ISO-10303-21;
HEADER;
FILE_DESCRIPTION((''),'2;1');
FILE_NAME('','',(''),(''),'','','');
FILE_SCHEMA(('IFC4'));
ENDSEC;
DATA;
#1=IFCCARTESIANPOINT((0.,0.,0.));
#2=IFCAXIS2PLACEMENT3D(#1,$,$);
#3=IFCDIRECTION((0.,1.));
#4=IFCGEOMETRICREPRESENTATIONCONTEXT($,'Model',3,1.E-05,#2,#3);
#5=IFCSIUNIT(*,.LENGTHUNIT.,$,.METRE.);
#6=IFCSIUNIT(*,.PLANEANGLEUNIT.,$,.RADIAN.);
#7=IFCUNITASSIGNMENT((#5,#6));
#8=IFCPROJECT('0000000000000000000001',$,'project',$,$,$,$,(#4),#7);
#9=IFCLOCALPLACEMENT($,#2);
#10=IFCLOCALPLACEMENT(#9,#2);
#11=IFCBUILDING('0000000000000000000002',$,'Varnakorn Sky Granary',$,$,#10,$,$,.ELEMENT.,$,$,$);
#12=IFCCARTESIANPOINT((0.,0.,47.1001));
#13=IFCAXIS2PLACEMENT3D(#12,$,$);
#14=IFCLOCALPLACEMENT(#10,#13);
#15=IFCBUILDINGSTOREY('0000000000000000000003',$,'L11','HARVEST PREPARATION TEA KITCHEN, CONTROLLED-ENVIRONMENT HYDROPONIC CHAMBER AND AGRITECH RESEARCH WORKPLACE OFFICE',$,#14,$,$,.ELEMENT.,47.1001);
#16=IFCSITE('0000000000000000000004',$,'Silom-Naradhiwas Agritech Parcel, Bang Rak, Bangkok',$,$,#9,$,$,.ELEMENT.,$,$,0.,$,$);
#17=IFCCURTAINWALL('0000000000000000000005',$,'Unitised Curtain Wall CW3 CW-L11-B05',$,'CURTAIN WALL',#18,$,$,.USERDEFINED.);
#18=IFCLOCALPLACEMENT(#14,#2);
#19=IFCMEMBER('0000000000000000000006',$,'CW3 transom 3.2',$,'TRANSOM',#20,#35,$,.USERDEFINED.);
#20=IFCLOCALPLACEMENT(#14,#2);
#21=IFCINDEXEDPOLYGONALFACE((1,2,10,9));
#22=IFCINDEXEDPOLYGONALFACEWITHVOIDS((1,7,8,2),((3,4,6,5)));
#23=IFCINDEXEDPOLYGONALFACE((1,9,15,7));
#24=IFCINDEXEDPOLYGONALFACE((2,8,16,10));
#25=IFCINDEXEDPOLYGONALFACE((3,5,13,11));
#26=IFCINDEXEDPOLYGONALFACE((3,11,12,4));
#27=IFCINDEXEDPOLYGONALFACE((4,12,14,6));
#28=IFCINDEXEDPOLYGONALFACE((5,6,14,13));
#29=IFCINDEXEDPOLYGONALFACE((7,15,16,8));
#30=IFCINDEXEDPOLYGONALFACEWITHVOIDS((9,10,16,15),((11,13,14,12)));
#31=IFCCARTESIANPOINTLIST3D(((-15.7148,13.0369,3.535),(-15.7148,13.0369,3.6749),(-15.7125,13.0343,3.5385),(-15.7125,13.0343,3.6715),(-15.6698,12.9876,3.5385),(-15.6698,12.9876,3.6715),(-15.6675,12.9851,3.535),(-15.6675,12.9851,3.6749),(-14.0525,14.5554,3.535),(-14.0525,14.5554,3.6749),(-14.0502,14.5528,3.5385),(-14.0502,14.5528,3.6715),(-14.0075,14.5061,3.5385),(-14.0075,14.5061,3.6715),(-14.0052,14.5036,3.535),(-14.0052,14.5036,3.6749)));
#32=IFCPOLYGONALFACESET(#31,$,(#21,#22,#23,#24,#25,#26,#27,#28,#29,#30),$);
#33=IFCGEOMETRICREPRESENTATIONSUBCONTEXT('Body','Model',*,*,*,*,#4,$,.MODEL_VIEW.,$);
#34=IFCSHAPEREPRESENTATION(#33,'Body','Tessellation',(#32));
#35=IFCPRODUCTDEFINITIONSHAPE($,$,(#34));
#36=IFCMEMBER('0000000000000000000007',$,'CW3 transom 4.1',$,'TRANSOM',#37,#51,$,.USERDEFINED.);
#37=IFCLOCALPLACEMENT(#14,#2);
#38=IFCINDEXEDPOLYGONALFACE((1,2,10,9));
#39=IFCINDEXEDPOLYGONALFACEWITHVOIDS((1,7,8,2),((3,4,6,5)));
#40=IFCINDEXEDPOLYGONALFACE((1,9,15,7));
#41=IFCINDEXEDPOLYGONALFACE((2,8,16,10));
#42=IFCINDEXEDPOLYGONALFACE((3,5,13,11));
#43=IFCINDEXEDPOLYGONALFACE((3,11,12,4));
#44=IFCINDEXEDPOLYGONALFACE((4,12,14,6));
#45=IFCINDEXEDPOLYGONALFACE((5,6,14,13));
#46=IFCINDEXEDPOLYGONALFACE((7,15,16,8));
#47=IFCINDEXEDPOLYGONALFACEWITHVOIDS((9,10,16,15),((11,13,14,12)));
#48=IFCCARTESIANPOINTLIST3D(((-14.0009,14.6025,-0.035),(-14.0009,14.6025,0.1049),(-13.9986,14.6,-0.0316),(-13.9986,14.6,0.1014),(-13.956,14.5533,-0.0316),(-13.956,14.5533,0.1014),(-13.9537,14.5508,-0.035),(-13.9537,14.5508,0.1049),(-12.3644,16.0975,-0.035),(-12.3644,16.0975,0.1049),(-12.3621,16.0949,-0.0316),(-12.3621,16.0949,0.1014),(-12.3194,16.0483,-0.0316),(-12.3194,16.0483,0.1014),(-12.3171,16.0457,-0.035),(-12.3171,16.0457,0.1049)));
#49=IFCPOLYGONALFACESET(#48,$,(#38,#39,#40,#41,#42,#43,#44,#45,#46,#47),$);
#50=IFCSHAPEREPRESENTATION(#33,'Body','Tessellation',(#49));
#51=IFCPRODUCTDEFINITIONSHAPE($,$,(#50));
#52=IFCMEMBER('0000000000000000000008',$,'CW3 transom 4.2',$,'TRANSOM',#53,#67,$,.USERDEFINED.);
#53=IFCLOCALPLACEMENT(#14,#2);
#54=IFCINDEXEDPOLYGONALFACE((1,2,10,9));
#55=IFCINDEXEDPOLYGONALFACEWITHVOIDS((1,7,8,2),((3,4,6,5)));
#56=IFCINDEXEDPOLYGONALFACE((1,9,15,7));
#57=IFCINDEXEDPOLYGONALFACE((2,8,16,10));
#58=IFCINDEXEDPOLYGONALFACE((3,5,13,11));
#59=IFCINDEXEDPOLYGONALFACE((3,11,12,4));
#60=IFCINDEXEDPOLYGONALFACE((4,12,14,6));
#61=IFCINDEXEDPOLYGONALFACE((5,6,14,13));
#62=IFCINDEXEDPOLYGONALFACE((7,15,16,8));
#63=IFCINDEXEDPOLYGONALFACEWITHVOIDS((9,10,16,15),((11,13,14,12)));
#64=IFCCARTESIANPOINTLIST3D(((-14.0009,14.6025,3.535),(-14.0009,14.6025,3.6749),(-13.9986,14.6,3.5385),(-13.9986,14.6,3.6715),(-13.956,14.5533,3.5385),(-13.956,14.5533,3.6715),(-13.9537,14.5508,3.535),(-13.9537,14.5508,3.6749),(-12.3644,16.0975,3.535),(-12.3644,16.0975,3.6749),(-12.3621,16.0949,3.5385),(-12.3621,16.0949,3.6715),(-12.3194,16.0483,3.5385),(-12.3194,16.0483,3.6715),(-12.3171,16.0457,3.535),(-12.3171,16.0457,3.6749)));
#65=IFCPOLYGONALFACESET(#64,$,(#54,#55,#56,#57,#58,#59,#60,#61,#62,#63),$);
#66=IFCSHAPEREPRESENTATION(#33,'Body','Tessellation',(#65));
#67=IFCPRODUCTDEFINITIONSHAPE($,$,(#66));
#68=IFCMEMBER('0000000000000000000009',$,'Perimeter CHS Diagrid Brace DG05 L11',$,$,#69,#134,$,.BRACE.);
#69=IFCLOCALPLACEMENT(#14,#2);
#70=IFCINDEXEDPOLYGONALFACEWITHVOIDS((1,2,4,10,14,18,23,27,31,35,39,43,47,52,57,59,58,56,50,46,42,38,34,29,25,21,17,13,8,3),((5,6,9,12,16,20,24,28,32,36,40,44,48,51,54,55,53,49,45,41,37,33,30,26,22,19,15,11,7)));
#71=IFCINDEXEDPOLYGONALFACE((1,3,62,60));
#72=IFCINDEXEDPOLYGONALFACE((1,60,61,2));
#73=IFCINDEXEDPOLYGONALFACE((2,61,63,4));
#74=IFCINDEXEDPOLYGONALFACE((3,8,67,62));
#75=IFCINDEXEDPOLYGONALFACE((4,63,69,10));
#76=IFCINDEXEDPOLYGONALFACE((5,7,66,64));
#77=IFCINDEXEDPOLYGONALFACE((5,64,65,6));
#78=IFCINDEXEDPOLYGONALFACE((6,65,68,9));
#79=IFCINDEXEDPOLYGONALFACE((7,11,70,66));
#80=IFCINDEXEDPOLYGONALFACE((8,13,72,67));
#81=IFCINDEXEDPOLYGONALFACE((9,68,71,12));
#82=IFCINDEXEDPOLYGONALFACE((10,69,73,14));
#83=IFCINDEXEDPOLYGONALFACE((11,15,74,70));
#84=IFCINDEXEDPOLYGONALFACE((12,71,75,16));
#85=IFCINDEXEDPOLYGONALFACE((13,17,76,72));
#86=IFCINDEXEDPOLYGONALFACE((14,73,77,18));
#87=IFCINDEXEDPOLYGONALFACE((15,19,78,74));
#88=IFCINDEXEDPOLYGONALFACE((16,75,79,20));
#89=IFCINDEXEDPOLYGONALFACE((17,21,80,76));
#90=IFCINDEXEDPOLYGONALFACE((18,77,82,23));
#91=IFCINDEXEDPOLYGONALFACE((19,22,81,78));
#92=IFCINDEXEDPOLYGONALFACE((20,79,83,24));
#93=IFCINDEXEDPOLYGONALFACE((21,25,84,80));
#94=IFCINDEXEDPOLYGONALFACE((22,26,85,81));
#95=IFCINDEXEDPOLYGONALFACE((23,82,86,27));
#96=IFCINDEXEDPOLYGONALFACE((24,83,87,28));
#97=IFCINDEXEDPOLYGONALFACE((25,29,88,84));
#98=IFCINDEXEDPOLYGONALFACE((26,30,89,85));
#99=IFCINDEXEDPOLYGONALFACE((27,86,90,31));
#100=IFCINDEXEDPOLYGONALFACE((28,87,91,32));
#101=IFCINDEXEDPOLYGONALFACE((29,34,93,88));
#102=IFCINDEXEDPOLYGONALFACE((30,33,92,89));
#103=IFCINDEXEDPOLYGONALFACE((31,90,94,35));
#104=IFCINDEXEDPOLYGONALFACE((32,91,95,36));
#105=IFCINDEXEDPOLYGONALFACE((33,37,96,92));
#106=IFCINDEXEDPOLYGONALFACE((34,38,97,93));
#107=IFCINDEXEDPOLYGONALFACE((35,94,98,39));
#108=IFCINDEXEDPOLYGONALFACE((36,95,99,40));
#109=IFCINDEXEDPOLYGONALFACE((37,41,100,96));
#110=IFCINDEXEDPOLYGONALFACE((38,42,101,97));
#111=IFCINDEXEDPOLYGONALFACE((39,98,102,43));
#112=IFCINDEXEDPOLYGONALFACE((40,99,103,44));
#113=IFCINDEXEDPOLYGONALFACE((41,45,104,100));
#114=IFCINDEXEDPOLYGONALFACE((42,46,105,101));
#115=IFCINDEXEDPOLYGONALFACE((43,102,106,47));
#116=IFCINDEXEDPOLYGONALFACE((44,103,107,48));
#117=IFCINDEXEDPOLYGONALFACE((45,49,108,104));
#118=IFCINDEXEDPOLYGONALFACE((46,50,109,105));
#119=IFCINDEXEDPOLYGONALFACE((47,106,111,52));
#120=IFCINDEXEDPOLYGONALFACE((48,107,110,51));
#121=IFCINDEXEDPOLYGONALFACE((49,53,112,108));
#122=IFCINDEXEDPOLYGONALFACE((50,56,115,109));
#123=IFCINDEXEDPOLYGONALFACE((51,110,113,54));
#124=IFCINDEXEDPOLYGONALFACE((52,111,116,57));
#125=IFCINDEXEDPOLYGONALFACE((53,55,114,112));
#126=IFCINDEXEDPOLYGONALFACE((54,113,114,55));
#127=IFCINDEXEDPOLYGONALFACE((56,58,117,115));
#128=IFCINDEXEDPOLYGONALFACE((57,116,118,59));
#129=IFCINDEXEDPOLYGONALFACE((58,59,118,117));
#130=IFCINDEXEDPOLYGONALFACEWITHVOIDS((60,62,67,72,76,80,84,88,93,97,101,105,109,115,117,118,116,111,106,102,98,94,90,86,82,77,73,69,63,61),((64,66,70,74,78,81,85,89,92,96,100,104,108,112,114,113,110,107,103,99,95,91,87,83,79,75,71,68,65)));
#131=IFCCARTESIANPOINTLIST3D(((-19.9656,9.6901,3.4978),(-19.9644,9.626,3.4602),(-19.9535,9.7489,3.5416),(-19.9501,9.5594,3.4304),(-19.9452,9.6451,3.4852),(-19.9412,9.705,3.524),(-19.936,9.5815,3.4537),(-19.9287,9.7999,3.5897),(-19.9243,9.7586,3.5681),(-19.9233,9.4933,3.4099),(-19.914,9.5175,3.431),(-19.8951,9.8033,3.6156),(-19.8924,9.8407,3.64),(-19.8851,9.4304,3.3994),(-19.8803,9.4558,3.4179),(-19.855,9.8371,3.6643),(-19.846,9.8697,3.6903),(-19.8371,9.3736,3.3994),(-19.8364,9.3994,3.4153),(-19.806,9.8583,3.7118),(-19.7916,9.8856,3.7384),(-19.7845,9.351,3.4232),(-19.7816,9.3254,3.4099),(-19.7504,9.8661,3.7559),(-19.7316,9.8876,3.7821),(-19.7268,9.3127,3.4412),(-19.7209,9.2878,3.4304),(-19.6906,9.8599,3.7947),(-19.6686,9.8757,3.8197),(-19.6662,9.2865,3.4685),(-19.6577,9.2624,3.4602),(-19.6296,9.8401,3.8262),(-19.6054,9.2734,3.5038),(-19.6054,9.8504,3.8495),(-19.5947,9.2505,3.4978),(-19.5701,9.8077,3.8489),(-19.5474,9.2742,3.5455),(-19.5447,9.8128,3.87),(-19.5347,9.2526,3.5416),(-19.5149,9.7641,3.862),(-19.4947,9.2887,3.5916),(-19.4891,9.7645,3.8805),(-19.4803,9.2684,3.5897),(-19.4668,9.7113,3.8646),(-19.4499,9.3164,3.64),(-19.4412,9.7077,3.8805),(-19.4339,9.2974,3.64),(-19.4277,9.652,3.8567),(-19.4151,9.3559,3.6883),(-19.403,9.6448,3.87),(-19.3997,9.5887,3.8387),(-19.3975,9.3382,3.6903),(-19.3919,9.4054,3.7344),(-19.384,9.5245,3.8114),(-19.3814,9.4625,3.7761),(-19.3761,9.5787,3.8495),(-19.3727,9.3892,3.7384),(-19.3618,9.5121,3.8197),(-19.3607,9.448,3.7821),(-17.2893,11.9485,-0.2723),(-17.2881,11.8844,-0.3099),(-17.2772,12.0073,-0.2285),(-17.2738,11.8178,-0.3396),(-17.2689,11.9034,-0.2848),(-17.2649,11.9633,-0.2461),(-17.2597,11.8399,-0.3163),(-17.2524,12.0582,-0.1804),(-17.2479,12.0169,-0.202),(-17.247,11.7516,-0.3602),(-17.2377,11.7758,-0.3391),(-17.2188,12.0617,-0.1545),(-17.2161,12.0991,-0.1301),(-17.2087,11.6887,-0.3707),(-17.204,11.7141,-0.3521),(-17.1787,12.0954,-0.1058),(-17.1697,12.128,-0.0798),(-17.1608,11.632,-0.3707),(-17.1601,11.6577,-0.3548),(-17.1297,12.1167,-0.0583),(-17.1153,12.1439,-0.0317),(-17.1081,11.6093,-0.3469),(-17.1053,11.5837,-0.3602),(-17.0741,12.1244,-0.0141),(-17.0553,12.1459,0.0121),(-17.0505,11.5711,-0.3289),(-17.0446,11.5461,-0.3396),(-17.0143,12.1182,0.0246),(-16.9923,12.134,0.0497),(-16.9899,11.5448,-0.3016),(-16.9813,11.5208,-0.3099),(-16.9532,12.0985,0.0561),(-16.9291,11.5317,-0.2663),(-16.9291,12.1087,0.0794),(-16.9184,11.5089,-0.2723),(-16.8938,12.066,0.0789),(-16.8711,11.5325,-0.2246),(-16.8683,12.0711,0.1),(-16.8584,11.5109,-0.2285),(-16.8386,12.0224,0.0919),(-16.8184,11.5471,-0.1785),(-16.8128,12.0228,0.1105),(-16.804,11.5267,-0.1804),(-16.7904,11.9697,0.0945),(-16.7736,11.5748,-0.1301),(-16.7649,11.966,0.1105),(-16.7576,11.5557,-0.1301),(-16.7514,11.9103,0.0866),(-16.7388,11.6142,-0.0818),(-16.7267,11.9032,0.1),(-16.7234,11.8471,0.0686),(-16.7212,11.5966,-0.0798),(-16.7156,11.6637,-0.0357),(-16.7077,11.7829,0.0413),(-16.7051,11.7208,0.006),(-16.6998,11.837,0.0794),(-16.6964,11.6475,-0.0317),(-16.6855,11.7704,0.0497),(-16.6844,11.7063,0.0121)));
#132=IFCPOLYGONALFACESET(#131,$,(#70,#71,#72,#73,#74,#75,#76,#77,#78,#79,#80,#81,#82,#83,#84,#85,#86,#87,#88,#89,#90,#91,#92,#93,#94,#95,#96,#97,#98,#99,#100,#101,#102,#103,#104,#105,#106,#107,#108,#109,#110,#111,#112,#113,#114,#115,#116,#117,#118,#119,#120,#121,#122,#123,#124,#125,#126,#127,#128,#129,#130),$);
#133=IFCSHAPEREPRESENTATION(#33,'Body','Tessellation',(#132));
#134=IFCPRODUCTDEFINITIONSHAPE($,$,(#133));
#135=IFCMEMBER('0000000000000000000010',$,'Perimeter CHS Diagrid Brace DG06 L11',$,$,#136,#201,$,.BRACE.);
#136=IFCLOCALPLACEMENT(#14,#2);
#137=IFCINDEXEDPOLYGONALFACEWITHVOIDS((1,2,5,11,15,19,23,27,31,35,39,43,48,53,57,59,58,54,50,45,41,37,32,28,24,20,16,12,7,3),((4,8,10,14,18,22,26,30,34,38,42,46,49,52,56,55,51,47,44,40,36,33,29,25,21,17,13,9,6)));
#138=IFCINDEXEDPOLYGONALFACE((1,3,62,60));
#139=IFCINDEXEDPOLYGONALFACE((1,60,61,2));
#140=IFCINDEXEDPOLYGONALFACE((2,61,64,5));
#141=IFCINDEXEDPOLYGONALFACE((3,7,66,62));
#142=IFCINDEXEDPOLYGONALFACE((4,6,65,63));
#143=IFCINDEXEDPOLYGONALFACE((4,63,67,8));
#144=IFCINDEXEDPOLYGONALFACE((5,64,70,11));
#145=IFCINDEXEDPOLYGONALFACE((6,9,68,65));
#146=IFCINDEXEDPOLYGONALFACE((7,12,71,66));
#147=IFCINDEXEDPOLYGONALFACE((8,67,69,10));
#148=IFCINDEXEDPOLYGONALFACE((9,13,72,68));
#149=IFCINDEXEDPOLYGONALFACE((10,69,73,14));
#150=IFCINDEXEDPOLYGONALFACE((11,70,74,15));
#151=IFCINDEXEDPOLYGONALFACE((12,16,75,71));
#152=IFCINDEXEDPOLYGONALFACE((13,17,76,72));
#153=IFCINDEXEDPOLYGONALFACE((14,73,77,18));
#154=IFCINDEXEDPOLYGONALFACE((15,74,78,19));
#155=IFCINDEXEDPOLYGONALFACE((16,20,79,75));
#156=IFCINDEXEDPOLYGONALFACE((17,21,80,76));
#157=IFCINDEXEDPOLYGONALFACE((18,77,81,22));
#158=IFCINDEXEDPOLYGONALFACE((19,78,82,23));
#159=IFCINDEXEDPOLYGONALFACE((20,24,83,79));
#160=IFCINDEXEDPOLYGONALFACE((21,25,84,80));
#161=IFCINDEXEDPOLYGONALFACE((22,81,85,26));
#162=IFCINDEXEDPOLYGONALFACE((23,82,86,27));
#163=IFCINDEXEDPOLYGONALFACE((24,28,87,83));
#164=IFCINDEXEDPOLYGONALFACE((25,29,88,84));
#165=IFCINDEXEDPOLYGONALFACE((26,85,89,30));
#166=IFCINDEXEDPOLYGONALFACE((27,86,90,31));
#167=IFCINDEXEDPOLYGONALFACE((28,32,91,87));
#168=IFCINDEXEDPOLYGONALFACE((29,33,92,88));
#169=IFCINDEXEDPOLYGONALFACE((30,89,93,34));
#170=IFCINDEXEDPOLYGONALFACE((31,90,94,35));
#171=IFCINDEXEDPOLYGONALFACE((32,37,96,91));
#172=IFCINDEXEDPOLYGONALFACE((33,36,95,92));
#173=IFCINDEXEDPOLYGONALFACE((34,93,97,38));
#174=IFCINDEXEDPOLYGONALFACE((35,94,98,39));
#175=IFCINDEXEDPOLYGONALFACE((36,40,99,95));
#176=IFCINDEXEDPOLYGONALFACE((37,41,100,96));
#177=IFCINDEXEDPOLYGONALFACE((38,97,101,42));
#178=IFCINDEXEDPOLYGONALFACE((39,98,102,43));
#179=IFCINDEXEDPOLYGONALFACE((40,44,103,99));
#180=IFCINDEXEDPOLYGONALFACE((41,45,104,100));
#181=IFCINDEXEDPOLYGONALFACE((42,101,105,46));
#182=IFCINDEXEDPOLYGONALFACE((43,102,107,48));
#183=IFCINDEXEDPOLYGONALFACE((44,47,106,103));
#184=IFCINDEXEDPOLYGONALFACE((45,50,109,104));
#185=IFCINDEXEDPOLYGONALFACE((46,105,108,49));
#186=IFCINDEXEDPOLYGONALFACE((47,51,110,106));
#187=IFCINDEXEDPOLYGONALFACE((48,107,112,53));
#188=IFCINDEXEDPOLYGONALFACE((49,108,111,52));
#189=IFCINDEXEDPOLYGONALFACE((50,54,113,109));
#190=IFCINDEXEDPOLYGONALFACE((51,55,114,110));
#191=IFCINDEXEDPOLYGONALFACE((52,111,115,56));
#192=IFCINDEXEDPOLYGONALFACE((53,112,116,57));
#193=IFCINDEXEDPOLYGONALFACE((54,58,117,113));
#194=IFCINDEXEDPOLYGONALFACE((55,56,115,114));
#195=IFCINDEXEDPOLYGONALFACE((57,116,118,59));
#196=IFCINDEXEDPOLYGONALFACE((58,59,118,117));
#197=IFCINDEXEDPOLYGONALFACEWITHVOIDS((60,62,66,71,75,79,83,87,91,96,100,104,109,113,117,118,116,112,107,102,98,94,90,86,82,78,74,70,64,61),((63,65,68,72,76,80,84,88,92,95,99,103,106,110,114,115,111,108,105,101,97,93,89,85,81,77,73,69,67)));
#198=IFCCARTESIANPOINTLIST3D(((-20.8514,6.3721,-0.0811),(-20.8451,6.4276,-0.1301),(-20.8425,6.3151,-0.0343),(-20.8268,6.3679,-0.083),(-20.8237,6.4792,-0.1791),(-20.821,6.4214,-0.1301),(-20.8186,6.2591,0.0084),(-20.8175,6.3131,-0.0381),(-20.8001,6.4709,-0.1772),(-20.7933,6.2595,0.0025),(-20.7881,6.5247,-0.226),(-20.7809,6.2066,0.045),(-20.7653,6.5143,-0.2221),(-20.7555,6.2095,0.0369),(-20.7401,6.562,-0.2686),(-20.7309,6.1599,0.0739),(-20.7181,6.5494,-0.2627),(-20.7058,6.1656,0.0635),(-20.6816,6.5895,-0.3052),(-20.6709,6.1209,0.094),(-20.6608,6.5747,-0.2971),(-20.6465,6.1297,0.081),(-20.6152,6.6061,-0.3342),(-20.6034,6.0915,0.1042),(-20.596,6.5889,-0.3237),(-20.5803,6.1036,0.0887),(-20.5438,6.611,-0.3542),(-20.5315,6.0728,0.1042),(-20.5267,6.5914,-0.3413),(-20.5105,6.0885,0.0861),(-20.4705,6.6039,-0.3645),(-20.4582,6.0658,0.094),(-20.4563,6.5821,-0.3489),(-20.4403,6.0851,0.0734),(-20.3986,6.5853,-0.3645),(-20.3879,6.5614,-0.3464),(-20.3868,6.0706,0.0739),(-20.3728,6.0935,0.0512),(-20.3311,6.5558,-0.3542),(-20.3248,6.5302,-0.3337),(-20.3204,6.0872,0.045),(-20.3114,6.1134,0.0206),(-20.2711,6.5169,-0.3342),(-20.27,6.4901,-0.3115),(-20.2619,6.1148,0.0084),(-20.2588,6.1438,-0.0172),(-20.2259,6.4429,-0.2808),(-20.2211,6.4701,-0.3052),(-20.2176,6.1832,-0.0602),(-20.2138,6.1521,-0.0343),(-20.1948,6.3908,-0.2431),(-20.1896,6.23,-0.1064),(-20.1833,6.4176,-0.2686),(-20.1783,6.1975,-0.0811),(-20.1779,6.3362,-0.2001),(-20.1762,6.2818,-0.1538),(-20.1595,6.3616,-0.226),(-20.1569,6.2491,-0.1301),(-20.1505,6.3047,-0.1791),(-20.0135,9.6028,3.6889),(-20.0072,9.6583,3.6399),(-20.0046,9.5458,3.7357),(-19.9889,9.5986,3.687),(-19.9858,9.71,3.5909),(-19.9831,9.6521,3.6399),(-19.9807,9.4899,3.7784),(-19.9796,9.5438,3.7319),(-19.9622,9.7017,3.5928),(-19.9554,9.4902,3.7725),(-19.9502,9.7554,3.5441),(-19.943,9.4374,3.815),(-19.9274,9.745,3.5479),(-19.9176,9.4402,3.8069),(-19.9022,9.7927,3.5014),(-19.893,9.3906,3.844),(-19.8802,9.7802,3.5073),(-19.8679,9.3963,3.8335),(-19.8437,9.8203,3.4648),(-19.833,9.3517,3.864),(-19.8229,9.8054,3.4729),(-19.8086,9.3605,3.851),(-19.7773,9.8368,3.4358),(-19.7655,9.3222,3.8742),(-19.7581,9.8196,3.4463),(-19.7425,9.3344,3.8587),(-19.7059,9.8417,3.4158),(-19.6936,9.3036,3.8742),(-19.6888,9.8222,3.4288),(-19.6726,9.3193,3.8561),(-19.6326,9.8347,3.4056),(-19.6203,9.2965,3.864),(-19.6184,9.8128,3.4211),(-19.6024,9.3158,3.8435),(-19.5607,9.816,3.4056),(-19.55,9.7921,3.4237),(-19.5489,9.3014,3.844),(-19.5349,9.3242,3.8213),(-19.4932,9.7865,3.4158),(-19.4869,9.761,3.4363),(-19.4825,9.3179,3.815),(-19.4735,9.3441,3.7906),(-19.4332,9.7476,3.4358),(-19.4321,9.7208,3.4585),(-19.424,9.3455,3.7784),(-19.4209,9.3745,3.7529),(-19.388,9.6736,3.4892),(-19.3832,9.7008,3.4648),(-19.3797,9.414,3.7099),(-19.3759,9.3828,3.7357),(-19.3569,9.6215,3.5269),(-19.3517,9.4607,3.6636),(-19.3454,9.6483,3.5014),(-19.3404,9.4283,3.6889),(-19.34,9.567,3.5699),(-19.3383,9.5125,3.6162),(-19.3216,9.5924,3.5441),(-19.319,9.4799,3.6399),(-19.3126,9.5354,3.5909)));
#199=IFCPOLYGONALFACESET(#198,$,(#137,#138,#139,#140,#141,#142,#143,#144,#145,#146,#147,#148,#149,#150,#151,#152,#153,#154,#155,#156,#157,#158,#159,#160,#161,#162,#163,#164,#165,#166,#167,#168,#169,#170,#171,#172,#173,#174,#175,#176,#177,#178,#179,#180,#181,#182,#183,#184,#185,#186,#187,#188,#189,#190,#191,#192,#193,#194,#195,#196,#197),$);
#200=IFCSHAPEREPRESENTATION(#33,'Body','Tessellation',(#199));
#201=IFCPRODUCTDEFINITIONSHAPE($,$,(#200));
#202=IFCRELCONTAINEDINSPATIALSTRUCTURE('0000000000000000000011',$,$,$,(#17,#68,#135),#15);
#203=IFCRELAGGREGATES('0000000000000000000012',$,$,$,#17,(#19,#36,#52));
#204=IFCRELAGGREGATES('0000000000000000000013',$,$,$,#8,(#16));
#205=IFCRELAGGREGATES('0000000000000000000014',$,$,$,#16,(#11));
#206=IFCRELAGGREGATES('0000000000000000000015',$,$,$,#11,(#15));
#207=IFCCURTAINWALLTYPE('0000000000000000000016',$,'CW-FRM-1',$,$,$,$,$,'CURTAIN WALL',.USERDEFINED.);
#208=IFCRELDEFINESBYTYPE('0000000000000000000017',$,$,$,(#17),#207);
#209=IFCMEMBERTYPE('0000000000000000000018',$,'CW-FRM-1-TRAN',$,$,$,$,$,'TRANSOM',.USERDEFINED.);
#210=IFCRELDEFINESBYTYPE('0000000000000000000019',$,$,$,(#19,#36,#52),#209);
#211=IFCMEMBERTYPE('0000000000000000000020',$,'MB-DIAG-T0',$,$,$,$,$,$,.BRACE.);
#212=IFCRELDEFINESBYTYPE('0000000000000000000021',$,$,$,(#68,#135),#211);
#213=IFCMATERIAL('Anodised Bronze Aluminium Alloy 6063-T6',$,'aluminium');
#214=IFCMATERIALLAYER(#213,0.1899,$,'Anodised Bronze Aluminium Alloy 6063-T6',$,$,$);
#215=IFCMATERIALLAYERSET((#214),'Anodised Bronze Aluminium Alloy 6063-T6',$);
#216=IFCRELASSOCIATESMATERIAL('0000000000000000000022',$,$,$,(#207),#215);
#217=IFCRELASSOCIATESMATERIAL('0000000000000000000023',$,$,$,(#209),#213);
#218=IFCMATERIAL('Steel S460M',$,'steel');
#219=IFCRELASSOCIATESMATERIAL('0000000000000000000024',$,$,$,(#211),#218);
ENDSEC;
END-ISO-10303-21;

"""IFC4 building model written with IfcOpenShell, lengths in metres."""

from ifc_helpers import new_model, si_unit, direction, frame, origin, origin_2d, place, context, subcontext, project, spatial, hollow_rectangle, hollow_circle, extrude, material, layer, layer_set, material_profile, profile_set, type_object, element, aggregate, save


model = new_model("IFC4")

# Units and contexts
model_context = context("Model", 3, precision=1e-05, world=origin(), true_north=direction((0.0, 1.0)))
body_context = subcontext(model_context, "Body", "Model", "MODEL_VIEW")
ifc_project = project(units=[si_unit("LENGTHUNIT", "METRE"), si_unit("PLANEANGLEUNIT", "RADIAN")], contexts=[model_context])

# Site, building, storey
site_placement = place(None, origin())
site = spatial("IfcSite", under=ifc_project, at=site_placement, Name="Silom-Naradhiwas Agritech Parcel, Bang Rak, Bangkok", CompositionType="ELEMENT", RefElevation=0.0)
building_placement = place(site_placement, origin())
building = spatial("IfcBuilding", under=site, at=building_placement, Name="Varnakorn Sky Granary", CompositionType="ELEMENT")
storey_placement = place(building_placement, frame((0.0, 0.0, 47.1001)))
storey = spatial("IfcBuildingStorey", under=building, at=storey_placement, Name="L11", Description="HARVEST PREPARATION TEA KITCHEN, CONTROLLED-ENVIRONMENT HYDROPONIC CHAMBER AND AGRITECH RESEARCH WORKPLACE OFFICE", CompositionType="ELEMENT", Elevation=47.1001)

# Shared definitions
ifc_material_1 = material(Name="Steel S460M", Category="steel")

# Curtain wall
ifc_material_2 = material(Name="Anodised Bronze Aluminium Alloy 6063-T6", Category="aluminium")
ifc_layer_1 = layer(ifc_material_2, 0.1899, Name="Anodised Bronze Aluminium Alloy 6063-T6")
ifc_layer_set_1 = layer_set([ifc_layer_1], Name="Anodised Bronze Aluminium Alloy 6063-T6")
curtain_wall_type = type_object("IfcCurtainWallType", Name="CW-FRM-1", ElementType="CURTAIN WALL", PredefinedType="USERDEFINED", material=ifc_layer_set_1)
curtain_wall_1_placement = place(storey_placement, origin())
curtain_wall_1 = element("IfcCurtainWall", 1, at=curtain_wall_1_placement, inside=storey, type_object=curtain_wall_type, Name="Unitised Curtain Wall CW3 CW-L11-B05", ObjectType="CURTAIN WALL", PredefinedType="USERDEFINED")

# Members
ifc_material_profile_1 = material_profile(ifc_material_2, hollow_rectangle(XDim=0.0701, YDim=0.1399, WallThickness=0.0034, at=origin_2d()), Name="ALU TRAN 70x140")
ifc_profile_set_1 = profile_set([ifc_material_profile_1], Name="Anodised Bronze Aluminium Alloy 6063-T6")
member_type_1 = type_object("IfcMemberType", Name="CW-FRM-1-TRAN", ElementType="TRANSOM", PredefinedType="USERDEFINED", material=ifc_profile_set_1)
member_1_placement = place(storey_placement, frame((-15.6912, 13.011, 3.605), z_axis=(0.738319, 0.674452, 0.0), x_axis=(-0.674452, 0.738319, 0.0)))
member_1 = element("IfcMember", 2, at=member_1_placement, type_object=member_type_1, Name="CW3 transom 3.2", ObjectType="TRANSOM", PredefinedType="USERDEFINED", context=body_context, shape_type="SweptSolid", body=[
    extrude(hollow_rectangle(XDim=0.0701, YDim=0.1399, WallThickness=0.0034, at=origin_2d()), origin(), (0.0, 0.0, 1.0), 2.2515),
])
member_2_placement = place(storey_placement, frame((-13.9773, 14.5767, 0.0349), z_axis=(0.738328, 0.674442, 0.0), x_axis=(-0.674442, 0.738328, 0.0)))
member_2 = element("IfcMember", 3, at=member_2_placement, type_object=member_type_1, Name="CW3 transom 4.1", ObjectType="TRANSOM", PredefinedType="USERDEFINED", context=body_context, shape_type="SweptSolid", body=[
    extrude(hollow_rectangle(XDim=0.0701, YDim=0.1399, WallThickness=0.0034, at=origin_2d()), origin(), (0.0, 0.0, 1.0), 2.2166),
])
member_3_placement = place(storey_placement, frame((-13.9773, 14.5767, 3.605), z_axis=(0.738328, 0.674442, 0.0), x_axis=(-0.674442, 0.738328, 0.0)))
member_3 = element("IfcMember", 4, at=member_3_placement, type_object=member_type_1, Name="CW3 transom 4.2", ObjectType="TRANSOM", PredefinedType="USERDEFINED", context=body_context, shape_type="SweptSolid", body=[
    extrude(hollow_rectangle(XDim=0.0701, YDim=0.1399, WallThickness=0.0034, at=origin_2d()), origin(), (0.0, 0.0, 1.0), 2.2166),
])

# Members
ifc_material_profile_2 = material_profile(ifc_material_1, hollow_circle(Radius=0.3555, WallThickness=0.0249, at=origin_2d()), Name="CHS 711x25")
ifc_profile_set_2 = profile_set([ifc_material_profile_2], Name="Steel S460M")
member_type_2 = type_object("IfcMemberType", Name="MB-DIAG-T0", PredefinedType="BRACE", material=ifc_profile_set_2)
member_4_placement = place(storey_placement, frame((-16.9868, 11.8274, -0.1301), z_axis=(-0.520126, -0.438895, 0.732694), x_axis=(0.644904, -0.764264, 0.0)))
element("IfcMember", 5, at=member_4_placement, inside=storey, type_object=member_type_2, Name="Perimeter CHS Diagrid Brace DG05 L11", PredefinedType="BRACE", context=body_context, shape_type="SweptSolid", body=[
    extrude(hollow_circle(Radius=0.3555, WallThickness=0.0249, at=origin_2d()), origin(), (0.0, 0.0, 1.0), 5.1455),
])
member_5_placement = place(storey_placement, frame((-20.501, 6.3384, -0.1301), z_axis=(0.166409, 0.641633, 0.748742), x_axis=(-0.967975, 0.251046, 0.0)))
element("IfcMember", 6, at=member_5_placement, inside=storey, type_object=member_type_2, Name="Perimeter CHS Diagrid Brace DG06 L11", PredefinedType="BRACE", context=body_context, shape_type="SweptSolid", body=[
    extrude(hollow_circle(Radius=0.3555, WallThickness=0.0249, at=origin_2d()), origin(), (0.0, 0.0, 1.0), 5.0352),
])

aggregate(curtain_wall_1, [member_1, member_2, member_3])

save(model, "model.ifc")
